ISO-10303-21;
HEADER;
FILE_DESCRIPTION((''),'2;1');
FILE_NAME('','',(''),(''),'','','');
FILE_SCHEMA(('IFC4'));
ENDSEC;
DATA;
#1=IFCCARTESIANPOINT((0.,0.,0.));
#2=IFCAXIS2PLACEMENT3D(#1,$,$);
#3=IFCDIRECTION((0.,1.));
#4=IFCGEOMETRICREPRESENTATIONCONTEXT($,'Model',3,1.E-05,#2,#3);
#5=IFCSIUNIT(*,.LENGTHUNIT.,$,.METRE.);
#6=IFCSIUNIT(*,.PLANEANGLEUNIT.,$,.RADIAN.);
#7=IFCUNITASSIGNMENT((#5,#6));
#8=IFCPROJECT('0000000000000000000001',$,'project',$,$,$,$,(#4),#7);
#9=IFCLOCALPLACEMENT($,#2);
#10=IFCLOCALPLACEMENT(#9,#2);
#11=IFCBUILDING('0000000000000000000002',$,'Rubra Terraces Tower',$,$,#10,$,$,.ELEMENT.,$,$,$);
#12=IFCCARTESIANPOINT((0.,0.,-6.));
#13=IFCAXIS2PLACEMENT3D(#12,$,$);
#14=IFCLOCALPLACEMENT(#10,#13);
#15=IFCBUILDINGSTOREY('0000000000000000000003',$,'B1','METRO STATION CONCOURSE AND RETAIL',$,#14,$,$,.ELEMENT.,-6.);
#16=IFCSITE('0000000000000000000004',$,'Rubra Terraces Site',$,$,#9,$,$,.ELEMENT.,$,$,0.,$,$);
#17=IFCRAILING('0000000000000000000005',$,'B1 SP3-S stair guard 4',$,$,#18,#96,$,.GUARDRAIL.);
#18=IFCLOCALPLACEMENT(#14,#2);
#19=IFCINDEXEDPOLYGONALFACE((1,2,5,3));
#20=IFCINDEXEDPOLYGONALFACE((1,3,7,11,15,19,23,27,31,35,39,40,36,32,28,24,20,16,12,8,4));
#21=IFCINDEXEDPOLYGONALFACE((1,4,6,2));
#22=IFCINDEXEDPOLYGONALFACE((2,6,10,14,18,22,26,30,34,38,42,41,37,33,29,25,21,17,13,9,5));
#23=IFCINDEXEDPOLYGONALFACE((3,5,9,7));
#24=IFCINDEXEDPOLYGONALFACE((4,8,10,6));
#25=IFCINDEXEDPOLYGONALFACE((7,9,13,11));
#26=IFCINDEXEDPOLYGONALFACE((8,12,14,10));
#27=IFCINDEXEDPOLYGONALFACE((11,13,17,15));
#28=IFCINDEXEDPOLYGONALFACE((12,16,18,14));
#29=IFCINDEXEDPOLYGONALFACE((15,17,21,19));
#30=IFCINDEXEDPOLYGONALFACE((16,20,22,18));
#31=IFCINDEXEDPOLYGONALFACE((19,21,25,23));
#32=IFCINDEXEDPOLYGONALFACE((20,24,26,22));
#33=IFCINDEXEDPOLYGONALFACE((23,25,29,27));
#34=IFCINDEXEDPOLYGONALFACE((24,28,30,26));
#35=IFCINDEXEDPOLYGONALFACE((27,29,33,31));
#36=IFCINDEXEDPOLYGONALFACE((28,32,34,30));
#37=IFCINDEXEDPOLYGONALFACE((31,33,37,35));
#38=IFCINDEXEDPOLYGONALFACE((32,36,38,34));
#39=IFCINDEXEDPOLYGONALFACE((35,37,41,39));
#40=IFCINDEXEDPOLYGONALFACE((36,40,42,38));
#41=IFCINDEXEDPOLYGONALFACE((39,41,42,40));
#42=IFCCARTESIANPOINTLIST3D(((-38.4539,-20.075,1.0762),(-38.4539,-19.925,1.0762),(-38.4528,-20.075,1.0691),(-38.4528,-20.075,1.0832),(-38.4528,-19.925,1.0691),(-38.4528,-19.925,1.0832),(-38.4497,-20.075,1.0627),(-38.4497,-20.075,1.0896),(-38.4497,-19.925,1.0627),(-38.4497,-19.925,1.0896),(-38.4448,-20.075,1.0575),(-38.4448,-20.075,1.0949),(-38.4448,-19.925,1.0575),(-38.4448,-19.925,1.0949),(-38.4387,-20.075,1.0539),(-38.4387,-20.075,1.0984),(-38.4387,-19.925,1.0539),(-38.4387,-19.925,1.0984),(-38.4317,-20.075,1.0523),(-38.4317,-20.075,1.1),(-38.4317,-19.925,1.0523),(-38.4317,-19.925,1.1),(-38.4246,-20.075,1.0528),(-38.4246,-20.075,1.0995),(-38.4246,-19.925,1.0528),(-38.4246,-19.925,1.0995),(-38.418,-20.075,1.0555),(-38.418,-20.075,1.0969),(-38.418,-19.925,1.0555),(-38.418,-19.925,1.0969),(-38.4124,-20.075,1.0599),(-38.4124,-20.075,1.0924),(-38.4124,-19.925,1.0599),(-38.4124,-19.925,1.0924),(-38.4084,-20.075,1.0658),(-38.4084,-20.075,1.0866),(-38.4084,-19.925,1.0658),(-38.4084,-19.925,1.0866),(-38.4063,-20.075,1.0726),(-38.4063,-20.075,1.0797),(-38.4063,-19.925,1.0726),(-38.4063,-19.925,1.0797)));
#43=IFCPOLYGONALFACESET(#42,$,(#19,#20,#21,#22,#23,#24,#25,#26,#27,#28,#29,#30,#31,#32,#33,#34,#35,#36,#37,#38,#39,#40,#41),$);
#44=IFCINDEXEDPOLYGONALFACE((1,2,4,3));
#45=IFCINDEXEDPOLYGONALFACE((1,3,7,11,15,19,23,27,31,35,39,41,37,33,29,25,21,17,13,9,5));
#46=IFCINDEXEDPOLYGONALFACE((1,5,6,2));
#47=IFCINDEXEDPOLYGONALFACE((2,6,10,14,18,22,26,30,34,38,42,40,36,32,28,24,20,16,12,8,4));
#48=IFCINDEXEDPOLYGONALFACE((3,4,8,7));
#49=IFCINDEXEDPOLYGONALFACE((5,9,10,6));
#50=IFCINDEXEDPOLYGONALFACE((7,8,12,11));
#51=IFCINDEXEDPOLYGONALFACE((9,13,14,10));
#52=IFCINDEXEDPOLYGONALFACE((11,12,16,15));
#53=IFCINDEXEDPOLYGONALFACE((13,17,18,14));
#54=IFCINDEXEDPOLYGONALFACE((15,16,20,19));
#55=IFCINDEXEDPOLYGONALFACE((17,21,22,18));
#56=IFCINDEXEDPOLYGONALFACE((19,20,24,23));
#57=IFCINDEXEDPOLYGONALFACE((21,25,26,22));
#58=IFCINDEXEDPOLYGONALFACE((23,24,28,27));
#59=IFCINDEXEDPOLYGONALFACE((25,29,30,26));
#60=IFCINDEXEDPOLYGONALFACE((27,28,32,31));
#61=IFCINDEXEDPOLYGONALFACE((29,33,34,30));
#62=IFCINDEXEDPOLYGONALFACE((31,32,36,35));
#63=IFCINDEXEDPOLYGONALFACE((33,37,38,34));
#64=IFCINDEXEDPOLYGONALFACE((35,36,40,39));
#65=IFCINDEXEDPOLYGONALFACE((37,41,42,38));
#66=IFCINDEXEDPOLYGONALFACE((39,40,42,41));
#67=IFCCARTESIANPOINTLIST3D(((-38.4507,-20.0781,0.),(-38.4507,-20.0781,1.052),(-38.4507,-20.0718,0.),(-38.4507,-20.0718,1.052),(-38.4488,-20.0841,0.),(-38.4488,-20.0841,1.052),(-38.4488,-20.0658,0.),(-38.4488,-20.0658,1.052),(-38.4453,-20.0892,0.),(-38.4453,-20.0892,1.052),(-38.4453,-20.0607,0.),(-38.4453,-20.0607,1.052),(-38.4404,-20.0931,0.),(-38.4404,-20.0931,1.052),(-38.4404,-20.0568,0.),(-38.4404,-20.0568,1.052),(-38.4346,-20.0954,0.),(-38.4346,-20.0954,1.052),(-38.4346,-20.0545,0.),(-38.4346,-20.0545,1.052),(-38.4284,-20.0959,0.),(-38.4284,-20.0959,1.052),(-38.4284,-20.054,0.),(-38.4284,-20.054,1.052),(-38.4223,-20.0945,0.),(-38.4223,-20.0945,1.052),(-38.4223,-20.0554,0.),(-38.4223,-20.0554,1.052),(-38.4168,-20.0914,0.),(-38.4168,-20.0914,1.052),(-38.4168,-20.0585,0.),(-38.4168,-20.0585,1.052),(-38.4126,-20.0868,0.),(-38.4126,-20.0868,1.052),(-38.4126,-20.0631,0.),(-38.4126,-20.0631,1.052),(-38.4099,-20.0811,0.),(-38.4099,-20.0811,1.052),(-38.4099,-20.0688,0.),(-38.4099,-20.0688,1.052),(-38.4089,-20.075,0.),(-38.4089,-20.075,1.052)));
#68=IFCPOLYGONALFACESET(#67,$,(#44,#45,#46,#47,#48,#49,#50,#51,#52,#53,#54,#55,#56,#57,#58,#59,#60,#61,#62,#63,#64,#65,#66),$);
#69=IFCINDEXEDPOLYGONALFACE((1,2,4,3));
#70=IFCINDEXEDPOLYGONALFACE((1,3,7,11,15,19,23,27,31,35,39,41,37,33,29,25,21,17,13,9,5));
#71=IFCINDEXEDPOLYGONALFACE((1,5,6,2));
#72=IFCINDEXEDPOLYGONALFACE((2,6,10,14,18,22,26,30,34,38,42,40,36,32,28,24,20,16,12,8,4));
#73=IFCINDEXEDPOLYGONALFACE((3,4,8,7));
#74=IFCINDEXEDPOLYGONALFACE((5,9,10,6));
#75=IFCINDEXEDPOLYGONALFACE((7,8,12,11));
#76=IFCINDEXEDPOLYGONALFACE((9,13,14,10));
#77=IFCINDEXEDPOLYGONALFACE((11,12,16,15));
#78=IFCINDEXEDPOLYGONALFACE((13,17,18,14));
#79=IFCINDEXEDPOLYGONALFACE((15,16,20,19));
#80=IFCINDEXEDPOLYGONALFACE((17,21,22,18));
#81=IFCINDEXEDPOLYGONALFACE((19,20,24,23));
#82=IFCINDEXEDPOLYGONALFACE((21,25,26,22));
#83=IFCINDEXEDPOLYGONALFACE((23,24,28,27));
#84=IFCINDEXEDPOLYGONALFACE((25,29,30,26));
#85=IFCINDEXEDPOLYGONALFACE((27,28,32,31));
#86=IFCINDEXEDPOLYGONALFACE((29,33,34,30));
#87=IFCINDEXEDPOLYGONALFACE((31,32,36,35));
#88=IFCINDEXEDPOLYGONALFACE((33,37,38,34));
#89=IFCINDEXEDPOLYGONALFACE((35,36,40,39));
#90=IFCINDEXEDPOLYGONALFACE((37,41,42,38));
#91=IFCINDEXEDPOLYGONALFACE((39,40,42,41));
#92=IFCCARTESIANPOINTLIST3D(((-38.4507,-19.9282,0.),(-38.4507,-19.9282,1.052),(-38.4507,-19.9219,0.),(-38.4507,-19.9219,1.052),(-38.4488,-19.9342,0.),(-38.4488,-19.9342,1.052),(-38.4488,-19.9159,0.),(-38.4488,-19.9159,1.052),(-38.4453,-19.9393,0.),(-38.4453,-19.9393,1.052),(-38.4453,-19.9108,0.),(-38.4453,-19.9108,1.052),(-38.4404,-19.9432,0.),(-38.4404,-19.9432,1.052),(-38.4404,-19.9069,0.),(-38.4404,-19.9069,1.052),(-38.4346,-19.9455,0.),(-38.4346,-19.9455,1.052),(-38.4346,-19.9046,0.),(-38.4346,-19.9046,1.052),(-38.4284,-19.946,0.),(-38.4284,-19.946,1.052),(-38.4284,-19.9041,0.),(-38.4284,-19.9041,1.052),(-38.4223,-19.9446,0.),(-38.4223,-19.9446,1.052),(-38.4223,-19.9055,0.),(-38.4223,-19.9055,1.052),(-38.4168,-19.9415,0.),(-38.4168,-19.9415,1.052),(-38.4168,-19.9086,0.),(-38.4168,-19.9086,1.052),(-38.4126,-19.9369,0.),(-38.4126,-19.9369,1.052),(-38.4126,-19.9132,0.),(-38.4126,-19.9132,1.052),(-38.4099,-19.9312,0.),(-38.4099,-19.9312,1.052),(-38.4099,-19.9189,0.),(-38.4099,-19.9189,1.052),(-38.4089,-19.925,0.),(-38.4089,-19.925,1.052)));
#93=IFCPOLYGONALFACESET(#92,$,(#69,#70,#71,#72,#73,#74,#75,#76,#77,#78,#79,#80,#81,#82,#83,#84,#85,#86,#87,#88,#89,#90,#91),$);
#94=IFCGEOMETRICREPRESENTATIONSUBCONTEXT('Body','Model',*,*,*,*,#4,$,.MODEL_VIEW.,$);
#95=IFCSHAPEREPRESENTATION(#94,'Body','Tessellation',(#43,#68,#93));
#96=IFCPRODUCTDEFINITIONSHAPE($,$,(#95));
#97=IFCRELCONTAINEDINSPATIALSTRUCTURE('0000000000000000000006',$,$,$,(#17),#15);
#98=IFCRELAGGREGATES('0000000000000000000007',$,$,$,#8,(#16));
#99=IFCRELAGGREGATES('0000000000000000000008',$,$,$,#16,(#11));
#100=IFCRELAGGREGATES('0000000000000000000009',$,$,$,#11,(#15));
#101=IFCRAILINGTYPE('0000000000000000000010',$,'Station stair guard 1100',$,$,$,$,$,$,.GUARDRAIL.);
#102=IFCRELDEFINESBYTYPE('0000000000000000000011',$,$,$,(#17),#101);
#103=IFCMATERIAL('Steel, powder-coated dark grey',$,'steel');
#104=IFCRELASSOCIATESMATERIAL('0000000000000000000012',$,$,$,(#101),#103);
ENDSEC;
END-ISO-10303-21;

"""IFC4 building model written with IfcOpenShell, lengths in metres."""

from ifc_helpers import new_model, si_unit, direction, frame, origin, origin_2d, place, context, subcontext, project, spatial, circle, extrude, material, type_object, element, save


model = new_model("IFC4")

# Units and contexts
model_context = context("Model", 3, precision=1e-05, world=origin(), true_north=direction((0.0, 1.0)))
body_context = subcontext(model_context, "Body", "Model", "MODEL_VIEW")
ifc_project = project(units=[si_unit("LENGTHUNIT", "METRE"), si_unit("PLANEANGLEUNIT", "RADIAN")], contexts=[model_context])

# Site, building, storey
site_placement = place(None, origin())
site = spatial("IfcSite", under=ifc_project, at=site_placement, Name="Rubra Terraces Site", CompositionType="ELEMENT", RefElevation=0.0)
building_placement = place(site_placement, origin())
building = spatial("IfcBuilding", under=site, at=building_placement, Name="Rubra Terraces Tower", CompositionType="ELEMENT")
storey_placement = place(building_placement, frame((0.0, 0.0, -6.0)))
storey = spatial("IfcBuildingStorey", under=building, at=storey_placement, Name="B1", Description="METRO STATION CONCOURSE AND RETAIL", CompositionType="ELEMENT", Elevation=-6.0)

# Railing
ifc_material_1 = material(Name="Steel, powder-coated dark grey", Category="steel")
railing_type_1 = type_object("IfcRailingType", Name="Station stair guard 1100", PredefinedType="GUARDRAIL", material=ifc_material_1)
railing_1_placement = place(storey_placement, frame((-38.4299, -20.075, 0.0)))
element("IfcRailing", 1, at=railing_1_placement, inside=storey, type_object=railing_type_1, Name="B1 SP3-S stair guard 4", PredefinedType="GUARDRAIL", context=body_context, shape_type="SweptSolid", body=[
    extrude(circle(Radius=0.0239, at=origin_2d()), frame((0.0, 0.0, 1.0762), z_axis=(0.0, 1.0, 0.0), x_axis=(-1.0, 0.0, 0.0)), (0.0, 0.0, 1.0), 0.1499),
    extrude(circle(Radius=0.021, at=origin_2d()), origin(), (0.0, 0.0, 1.0), 1.052),
    extrude(circle(Radius=0.021, at=origin_2d()), frame((0.0, 0.1499, 0.0)), (0.0, 0.0, 1.0), 1.052),
])

save(model, "model.ifc")
